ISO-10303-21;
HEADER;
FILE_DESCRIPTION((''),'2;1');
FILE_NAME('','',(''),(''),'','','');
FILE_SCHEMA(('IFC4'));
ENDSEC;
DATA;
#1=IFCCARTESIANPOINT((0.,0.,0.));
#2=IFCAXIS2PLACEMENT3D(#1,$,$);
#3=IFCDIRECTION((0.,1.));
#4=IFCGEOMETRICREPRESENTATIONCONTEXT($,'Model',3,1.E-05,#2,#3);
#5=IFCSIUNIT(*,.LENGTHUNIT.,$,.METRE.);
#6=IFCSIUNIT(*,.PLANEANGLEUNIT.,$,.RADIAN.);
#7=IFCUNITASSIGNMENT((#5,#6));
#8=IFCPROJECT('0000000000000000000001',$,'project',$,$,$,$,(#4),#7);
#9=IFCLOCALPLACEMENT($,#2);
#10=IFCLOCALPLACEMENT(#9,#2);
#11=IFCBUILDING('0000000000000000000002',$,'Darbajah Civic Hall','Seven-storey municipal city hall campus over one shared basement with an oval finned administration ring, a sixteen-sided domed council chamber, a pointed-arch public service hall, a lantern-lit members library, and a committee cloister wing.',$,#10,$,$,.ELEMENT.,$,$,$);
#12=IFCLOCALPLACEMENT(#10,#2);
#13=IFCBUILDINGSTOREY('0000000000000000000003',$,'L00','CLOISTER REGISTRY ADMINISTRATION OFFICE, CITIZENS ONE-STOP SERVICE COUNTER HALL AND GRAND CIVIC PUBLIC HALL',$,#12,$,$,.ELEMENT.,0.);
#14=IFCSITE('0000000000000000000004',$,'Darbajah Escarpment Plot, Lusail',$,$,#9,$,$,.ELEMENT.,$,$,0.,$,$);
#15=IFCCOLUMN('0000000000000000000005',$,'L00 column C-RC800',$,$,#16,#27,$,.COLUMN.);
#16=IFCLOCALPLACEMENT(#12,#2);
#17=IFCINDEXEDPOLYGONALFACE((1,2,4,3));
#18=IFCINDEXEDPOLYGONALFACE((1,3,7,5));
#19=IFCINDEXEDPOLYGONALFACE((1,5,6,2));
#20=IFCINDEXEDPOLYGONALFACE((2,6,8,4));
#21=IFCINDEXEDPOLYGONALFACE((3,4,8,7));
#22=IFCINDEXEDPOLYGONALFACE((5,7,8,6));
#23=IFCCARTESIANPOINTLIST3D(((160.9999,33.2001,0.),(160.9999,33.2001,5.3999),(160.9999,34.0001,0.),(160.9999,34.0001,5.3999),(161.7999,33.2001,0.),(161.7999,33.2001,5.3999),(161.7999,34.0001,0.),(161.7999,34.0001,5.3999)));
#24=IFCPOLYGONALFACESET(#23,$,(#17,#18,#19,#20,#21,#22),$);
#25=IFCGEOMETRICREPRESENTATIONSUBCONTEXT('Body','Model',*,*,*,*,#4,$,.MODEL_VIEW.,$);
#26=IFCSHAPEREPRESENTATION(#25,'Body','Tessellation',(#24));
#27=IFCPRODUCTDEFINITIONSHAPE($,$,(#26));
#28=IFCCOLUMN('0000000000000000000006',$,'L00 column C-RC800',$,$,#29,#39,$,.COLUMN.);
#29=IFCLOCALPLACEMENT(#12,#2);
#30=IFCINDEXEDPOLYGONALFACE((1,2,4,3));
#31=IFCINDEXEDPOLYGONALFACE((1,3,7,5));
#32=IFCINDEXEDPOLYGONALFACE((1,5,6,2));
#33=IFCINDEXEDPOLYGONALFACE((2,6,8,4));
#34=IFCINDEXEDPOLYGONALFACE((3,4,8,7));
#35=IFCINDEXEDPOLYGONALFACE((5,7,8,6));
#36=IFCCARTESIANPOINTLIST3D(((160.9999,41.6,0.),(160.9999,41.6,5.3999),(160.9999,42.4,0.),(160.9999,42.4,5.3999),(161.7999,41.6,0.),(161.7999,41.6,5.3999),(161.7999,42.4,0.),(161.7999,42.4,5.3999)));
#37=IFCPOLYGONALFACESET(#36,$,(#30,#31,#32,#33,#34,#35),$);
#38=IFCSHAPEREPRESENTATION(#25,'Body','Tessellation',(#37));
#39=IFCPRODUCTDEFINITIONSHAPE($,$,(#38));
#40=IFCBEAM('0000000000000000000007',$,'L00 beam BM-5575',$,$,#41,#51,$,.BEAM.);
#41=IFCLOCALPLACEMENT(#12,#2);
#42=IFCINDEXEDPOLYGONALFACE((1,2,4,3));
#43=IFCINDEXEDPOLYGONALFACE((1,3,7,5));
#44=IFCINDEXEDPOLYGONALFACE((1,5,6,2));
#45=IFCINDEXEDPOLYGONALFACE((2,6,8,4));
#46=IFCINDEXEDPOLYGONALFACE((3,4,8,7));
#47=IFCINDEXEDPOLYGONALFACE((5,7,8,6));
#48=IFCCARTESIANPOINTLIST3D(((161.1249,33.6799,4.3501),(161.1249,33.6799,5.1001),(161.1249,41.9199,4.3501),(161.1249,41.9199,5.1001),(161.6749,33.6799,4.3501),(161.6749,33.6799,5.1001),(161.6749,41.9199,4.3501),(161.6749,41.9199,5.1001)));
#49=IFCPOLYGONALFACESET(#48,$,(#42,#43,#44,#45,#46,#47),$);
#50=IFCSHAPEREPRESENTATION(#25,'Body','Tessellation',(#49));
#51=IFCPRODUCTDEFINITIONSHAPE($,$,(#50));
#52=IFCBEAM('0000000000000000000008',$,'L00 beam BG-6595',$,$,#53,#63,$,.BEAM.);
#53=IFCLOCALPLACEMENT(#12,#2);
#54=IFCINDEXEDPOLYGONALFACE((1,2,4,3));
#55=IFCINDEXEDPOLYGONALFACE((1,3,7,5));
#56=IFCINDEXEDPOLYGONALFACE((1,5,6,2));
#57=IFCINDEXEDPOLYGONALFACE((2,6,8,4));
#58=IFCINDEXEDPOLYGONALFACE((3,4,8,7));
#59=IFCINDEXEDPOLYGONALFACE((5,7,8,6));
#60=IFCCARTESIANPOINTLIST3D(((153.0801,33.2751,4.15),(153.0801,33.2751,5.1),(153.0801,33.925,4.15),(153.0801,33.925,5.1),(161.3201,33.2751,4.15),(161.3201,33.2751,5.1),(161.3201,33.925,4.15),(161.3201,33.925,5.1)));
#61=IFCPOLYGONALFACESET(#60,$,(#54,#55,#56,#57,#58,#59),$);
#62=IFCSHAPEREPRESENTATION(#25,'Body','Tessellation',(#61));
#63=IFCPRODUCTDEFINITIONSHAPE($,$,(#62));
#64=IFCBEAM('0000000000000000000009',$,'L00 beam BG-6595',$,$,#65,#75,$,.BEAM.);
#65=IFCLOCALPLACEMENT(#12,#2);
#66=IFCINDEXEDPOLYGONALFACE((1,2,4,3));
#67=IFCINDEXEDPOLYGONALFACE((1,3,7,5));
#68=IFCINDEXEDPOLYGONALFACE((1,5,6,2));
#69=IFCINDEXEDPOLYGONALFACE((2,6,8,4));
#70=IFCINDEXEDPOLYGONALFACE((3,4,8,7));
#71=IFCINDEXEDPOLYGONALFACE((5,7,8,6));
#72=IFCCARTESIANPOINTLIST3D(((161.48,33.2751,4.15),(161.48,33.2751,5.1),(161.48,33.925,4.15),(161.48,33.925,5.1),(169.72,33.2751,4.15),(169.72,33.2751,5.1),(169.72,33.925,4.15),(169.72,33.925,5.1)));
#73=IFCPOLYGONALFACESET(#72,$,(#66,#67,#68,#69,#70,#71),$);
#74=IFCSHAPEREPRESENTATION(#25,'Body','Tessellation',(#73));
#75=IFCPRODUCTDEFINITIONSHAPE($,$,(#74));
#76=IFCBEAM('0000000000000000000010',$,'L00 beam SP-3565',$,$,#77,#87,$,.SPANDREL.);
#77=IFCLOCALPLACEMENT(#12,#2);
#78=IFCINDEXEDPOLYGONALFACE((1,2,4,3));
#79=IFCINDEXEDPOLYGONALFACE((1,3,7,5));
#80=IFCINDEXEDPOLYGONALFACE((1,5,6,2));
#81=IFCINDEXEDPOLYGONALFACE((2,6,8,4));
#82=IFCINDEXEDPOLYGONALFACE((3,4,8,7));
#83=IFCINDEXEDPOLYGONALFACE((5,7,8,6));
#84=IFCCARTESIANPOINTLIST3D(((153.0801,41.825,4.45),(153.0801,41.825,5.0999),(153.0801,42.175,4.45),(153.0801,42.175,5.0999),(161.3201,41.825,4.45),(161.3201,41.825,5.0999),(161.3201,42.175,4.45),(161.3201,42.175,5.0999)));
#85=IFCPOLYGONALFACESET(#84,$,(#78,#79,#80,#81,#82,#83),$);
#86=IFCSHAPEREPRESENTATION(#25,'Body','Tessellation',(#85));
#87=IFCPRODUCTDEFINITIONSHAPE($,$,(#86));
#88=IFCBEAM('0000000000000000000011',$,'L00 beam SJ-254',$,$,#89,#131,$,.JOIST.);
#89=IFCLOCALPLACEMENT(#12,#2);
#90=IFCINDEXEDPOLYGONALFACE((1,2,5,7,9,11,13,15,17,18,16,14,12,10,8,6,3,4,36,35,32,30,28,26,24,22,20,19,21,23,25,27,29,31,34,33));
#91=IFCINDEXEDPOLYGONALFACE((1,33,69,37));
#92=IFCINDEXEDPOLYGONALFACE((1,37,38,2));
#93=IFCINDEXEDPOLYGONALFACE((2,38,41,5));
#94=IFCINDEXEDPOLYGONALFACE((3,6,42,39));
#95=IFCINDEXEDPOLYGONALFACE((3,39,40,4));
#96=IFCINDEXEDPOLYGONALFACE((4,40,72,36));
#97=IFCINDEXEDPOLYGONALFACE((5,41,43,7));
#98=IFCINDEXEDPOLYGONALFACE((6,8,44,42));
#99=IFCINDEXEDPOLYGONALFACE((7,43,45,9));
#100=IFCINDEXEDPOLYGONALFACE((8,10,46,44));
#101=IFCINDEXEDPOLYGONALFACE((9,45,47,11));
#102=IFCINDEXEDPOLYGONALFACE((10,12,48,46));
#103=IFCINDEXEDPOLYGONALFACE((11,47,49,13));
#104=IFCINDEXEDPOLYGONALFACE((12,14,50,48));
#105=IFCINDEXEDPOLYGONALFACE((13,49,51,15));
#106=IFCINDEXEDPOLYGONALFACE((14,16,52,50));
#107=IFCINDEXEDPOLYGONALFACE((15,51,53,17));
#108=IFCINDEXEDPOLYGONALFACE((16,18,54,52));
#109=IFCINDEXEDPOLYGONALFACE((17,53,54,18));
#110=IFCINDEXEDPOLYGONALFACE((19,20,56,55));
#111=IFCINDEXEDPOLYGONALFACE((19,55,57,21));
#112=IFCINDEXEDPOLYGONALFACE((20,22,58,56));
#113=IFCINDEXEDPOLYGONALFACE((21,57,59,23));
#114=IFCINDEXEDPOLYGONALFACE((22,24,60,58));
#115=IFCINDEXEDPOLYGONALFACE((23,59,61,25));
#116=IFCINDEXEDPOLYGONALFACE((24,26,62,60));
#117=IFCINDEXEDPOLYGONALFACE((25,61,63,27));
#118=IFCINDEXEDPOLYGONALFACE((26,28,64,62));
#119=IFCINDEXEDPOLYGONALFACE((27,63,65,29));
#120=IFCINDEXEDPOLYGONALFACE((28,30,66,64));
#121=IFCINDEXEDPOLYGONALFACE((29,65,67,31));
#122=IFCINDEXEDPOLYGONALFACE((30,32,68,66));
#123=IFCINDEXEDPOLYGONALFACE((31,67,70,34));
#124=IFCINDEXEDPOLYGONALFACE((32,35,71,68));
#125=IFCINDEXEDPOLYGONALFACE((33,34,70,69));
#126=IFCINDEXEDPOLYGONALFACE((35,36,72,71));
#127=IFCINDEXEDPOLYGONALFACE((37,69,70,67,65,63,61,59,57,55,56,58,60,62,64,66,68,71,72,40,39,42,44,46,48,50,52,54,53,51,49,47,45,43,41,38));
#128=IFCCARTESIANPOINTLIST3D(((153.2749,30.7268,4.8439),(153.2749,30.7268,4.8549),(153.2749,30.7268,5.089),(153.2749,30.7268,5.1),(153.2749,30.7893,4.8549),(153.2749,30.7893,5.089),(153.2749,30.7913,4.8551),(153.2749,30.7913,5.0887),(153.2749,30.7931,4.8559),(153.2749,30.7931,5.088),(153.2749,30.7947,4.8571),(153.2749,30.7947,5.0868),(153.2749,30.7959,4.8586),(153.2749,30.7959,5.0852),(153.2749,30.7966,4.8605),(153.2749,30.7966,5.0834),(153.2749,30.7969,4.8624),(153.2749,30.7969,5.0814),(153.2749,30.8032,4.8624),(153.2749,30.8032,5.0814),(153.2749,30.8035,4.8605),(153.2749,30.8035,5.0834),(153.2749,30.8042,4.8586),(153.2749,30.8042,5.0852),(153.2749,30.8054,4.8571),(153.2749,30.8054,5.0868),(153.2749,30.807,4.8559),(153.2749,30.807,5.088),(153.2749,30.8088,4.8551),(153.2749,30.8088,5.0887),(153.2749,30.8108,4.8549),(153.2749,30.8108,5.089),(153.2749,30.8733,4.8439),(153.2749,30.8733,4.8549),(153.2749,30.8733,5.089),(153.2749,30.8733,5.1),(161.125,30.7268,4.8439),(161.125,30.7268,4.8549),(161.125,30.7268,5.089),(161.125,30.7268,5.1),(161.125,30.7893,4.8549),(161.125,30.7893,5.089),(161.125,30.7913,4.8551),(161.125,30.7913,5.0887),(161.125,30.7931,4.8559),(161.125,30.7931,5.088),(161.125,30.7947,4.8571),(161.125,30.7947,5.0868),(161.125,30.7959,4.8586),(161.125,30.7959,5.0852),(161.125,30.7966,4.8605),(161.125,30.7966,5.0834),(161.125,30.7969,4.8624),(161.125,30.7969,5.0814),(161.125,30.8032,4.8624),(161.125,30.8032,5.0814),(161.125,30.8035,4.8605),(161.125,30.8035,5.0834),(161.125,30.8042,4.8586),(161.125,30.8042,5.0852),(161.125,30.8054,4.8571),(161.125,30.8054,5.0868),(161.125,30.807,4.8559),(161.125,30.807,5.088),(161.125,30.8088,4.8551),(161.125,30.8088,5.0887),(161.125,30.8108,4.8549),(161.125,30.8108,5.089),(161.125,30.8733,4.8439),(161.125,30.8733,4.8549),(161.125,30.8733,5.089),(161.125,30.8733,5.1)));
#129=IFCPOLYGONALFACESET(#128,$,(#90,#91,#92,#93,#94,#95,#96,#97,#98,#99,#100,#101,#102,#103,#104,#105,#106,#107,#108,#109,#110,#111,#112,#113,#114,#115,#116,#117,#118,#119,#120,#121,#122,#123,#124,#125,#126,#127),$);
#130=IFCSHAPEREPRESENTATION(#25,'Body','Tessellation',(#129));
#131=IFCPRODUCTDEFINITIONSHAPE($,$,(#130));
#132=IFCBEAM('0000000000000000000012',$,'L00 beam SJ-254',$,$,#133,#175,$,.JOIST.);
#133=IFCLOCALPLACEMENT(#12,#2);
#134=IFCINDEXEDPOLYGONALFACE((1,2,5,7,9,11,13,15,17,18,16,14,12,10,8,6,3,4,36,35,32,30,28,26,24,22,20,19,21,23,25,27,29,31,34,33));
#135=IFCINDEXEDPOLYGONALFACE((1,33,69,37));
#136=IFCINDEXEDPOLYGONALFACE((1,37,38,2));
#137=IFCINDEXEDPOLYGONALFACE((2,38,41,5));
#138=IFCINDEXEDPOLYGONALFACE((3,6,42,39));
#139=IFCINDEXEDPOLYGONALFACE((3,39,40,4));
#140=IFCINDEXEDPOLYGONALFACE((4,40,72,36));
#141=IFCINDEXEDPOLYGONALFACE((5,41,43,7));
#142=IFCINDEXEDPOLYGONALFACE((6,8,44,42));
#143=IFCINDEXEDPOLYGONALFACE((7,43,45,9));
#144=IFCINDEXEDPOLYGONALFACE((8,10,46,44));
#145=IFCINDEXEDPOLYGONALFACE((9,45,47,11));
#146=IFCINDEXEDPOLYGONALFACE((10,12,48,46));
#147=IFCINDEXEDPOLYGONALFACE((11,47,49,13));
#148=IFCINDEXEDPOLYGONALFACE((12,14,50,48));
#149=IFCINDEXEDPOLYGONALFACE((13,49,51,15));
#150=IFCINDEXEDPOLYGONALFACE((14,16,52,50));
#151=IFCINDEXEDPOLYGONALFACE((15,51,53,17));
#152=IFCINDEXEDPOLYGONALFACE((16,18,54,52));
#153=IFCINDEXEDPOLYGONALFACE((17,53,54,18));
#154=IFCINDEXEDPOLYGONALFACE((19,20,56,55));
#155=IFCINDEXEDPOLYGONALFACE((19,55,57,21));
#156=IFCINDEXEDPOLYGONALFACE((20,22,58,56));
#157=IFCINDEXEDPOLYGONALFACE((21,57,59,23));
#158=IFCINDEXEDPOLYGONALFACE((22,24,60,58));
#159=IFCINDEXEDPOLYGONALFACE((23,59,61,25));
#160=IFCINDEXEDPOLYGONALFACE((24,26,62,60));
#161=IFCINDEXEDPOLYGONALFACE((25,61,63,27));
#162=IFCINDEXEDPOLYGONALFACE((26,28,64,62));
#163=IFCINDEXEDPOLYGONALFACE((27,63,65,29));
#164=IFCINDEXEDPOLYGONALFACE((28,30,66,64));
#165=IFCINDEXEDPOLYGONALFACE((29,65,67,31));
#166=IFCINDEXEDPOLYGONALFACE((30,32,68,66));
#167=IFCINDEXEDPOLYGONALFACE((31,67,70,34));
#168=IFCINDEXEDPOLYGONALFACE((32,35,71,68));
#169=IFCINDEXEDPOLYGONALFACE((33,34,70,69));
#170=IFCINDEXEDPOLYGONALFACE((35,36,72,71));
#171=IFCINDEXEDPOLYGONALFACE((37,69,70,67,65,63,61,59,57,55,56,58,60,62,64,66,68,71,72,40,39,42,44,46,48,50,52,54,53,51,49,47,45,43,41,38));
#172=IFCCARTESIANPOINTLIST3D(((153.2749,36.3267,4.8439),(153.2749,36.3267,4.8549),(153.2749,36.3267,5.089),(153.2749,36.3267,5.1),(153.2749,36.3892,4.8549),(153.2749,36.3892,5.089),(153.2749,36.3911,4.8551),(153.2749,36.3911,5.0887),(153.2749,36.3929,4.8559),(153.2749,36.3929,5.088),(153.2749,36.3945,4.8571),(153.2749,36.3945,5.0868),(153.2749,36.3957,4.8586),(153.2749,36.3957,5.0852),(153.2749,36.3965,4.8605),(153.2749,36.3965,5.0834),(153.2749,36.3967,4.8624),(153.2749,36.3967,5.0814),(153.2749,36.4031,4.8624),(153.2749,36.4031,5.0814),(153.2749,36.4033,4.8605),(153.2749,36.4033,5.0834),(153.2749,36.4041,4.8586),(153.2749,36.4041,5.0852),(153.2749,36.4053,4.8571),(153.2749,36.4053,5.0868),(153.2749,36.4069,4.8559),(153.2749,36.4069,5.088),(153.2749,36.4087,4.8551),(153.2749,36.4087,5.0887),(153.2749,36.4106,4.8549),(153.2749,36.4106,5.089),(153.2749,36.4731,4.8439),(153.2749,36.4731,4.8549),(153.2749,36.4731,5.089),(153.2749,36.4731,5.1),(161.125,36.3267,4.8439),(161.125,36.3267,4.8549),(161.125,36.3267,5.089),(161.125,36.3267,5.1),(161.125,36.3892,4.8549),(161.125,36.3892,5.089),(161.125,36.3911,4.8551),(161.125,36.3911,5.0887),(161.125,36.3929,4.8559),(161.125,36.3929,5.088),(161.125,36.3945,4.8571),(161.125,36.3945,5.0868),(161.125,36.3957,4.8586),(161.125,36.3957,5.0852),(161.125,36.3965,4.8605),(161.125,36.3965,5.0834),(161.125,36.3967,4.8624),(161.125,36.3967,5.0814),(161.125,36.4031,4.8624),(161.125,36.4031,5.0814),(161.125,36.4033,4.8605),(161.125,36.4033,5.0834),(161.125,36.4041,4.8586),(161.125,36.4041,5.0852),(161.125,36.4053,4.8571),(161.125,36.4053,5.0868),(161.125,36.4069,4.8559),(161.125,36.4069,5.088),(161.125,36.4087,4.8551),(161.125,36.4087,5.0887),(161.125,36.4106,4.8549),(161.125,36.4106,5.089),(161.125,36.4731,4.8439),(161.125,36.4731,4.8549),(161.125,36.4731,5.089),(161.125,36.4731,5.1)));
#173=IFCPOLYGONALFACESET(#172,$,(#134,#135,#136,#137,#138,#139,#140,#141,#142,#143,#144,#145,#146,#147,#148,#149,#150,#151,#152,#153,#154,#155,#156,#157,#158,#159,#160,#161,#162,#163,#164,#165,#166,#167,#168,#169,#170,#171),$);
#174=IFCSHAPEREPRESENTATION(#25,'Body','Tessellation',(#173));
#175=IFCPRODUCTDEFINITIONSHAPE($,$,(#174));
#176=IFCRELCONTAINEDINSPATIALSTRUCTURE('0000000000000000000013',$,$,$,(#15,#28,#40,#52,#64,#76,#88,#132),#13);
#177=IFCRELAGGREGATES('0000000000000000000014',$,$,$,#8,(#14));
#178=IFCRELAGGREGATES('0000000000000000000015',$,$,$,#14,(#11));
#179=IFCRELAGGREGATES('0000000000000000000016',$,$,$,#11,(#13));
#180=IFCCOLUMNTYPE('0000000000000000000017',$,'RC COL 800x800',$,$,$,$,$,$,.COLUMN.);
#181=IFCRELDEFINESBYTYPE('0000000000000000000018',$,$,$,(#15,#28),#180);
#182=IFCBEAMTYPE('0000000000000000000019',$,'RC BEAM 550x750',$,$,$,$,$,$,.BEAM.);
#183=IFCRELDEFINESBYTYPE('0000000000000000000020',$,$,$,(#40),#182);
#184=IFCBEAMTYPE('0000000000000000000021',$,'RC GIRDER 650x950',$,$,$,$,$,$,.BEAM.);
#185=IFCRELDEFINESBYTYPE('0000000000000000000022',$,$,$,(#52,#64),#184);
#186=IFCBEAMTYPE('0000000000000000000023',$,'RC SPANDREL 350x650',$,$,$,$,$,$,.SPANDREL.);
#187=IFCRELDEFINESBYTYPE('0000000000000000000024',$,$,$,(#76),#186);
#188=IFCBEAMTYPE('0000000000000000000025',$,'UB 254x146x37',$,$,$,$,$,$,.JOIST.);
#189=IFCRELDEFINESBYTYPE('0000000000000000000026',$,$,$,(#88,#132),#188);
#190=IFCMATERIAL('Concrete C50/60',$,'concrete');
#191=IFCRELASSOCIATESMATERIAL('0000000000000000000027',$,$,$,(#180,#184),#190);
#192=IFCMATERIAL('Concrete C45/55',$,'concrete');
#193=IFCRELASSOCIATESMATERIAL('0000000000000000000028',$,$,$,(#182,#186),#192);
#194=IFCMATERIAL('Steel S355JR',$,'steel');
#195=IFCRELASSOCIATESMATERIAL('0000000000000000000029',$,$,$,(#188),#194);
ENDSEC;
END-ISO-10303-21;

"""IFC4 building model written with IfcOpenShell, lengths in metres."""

from ifc_helpers import new_model, si_unit, direction, frame, origin, origin_2d, place, context, subcontext, project, spatial, rectangle, i_section, extrude, material, material_profile, profile_set, type_object, element, save


model = new_model("IFC4")

# Units and contexts
model_context = context("Model", 3, precision=1e-05, world=origin(), true_north=direction((0.0, 1.0)))
body_context = subcontext(model_context, "Body", "Model", "MODEL_VIEW")
ifc_project = project(units=[si_unit("LENGTHUNIT", "METRE"), si_unit("PLANEANGLEUNIT", "RADIAN")], contexts=[model_context])

# Site, building, storey
site_placement = place(None, origin())
site = spatial("IfcSite", under=ifc_project, at=site_placement, Name="Darbajah Escarpment Plot, Lusail", CompositionType="ELEMENT", RefElevation=0.0)
building_placement = place(site_placement, origin())
building = spatial("IfcBuilding", under=site, at=building_placement, Name="Darbajah Civic Hall", Description="Seven-storey municipal city hall campus over one shared basement with an oval finned administration ring, a sixteen-sided domed council chamber, a pointed-arch public service hall, a lantern-lit members library, and a committee cloister wing.", CompositionType="ELEMENT")
storey_placement = place(building_placement, origin())
storey = spatial("IfcBuildingStorey", under=building, at=storey_placement, Name="L00", Description="CLOISTER REGISTRY ADMINISTRATION OFFICE, CITIZENS ONE-STOP SERVICE COUNTER HALL AND GRAND CIVIC PUBLIC HALL", CompositionType="ELEMENT", Elevation=0.0)

# Columns
ifc_material_1 = material(Name="Concrete C50/60", Category="concrete")
ifc_material_profile_1 = material_profile(ifc_material_1, rectangle(XDim=0.8, YDim=0.8, at=origin_2d()), Name="RC COL 800x800")
ifc_profile_set_1 = profile_set([ifc_material_profile_1], Name="Concrete C50/60")
column_type = type_object("IfcColumnType", Name="RC COL 800x800", PredefinedType="COLUMN", material=ifc_profile_set_1)
for number, where, z_axis, x_axis, name in (
    (1, (161.3999, 33.6001, 0.0), (0.0, 0.0, 1.0), (1.0, 0.0, 0.0), "L00 column C-RC800"),
    (2, (161.3999, 42.0, 0.0), (0.0, 0.0, 1.0), (1.0, 0.0, 0.0), "L00 column C-RC800"),
):
    element("IfcColumn", number, at=place(storey_placement, frame(where, z_axis=z_axis, x_axis=x_axis)), inside=storey, type_object=column_type, Name=name, PredefinedType="COLUMN", context=body_context, shape_type="SweptSolid", body=[
        extrude(rectangle(XDim=0.8, YDim=0.8, at=origin_2d()), origin(), (0.0, 0.0, 1.0), 5.3999),
    ])

# Beams
ifc_material_2 = material(Name="Concrete C45/55", Category="concrete")
ifc_material_profile_2 = material_profile(ifc_material_2, rectangle(XDim=0.55, YDim=0.75, at=origin_2d()), Name="RC BEAM 550x750")
ifc_profile_set_2 = profile_set([ifc_material_profile_2], Name="Concrete C45/55")
beam_type_1 = type_object("IfcBeamType", Name="RC BEAM 550x750", PredefinedType="BEAM", material=ifc_profile_set_2)
beam_1_placement = place(storey_placement, frame((161.3999, 33.6799, 4.7251), z_axis=(0.0, 1.0, 0.0), x_axis=(-1.0, 0.0, 0.0)))
element("IfcBeam", 3, at=beam_1_placement, inside=storey, type_object=beam_type_1, Name="L00 beam BM-5575", PredefinedType="BEAM", context=body_context, shape_type="SweptSolid", body=[
    extrude(rectangle(XDim=0.55, YDim=0.75, at=origin_2d()), origin(), (0.0, 0.0, 1.0), 8.24),
])
ifc_material_profile_3 = material_profile(ifc_material_1, rectangle(XDim=0.6499, YDim=0.95, at=origin_2d()), Name="RC GIRDER 650x950")
ifc_profile_set_3 = profile_set([ifc_material_profile_3], Name="Concrete C50/60")
beam_type_2 = type_object("IfcBeamType", Name="RC GIRDER 650x950", PredefinedType="BEAM", material=ifc_profile_set_3)
for number, where, z_axis, x_axis, name in (
    (4, (153.0801, 33.6001, 4.625), (1.0, 0.0, 0.0), (0.0, 1.0, 0.0), "L00 beam BG-6595"),
    (5, (161.48, 33.6001, 4.625), (1.0, 0.0, 0.0), (0.0, 1.0, 0.0), "L00 beam BG-6595"),
):
    element("IfcBeam", number, at=place(storey_placement, frame(where, z_axis=z_axis, x_axis=x_axis)), inside=storey, type_object=beam_type_2, Name=name, PredefinedType="BEAM", context=body_context, shape_type="SweptSolid", body=[
        extrude(rectangle(XDim=0.6499, YDim=0.95, at=origin_2d()), origin(), (0.0, 0.0, 1.0), 8.24),
    ])
ifc_material_profile_4 = material_profile(ifc_material_2, rectangle(XDim=0.3501, YDim=0.6499, at=origin_2d()), Name="RC SPANDREL 350x650")
ifc_profile_set_4 = profile_set([ifc_material_profile_4], Name="Concrete C45/55")
beam_type_3 = type_object("IfcBeamType", Name="RC SPANDREL 350x650", PredefinedType="SPANDREL", material=ifc_profile_set_4)
beam_2_placement = place(storey_placement, frame((153.0801, 42.0, 4.7749), z_axis=(1.0, 0.0, 0.0), x_axis=(0.0, 1.0, 0.0)))
element("IfcBeam", 6, at=beam_2_placement, inside=storey, type_object=beam_type_3, Name="L00 beam SP-3565", PredefinedType="SPANDREL", context=body_context, shape_type="SweptSolid", body=[
    extrude(rectangle(XDim=0.3501, YDim=0.6499, at=origin_2d()), origin(), (0.0, 0.0, 1.0), 8.24),
])
ifc_material_3 = material(Name="Steel S355JR", Category="steel")
ifc_material_profile_5 = material_profile(ifc_material_3, i_section(OverallWidth=0.1465, OverallDepth=0.2561, WebThickness=0.0063, FlangeThickness=0.011, FilletRadius=0.0076, at=origin_2d()), Name="UB 254x146x37")
ifc_profile_set_5 = profile_set([ifc_material_profile_5], Name="Steel S355JR")
beam_type_4 = type_object("IfcBeamType", Name="UB 254x146x37", PredefinedType="JOIST", material=ifc_profile_set_5)
for number, where, z_axis, x_axis, name in (
    (7, (153.2749, 30.8, 4.9719), (1.0, 0.0, 0.0), (0.0, 1.0, 0.0), "L00 beam SJ-254"),
    (8, (153.2749, 36.3999, 4.9719), (1.0, 0.0, 0.0), (0.0, 1.0, 0.0), "L00 beam SJ-254"),
):
    element("IfcBeam", number, at=place(storey_placement, frame(where, z_axis=z_axis, x_axis=x_axis)), inside=storey, type_object=beam_type_4, Name=name, PredefinedType="JOIST", context=body_context, shape_type="SweptSolid", body=[
        extrude(i_section(OverallWidth=0.1465, OverallDepth=0.2561, WebThickness=0.0063, FlangeThickness=0.011, FilletRadius=0.0076, at=origin_2d()), origin(), (0.0, 0.0, 1.0), 7.8501),
    ])

save(model, "model.ifc")
